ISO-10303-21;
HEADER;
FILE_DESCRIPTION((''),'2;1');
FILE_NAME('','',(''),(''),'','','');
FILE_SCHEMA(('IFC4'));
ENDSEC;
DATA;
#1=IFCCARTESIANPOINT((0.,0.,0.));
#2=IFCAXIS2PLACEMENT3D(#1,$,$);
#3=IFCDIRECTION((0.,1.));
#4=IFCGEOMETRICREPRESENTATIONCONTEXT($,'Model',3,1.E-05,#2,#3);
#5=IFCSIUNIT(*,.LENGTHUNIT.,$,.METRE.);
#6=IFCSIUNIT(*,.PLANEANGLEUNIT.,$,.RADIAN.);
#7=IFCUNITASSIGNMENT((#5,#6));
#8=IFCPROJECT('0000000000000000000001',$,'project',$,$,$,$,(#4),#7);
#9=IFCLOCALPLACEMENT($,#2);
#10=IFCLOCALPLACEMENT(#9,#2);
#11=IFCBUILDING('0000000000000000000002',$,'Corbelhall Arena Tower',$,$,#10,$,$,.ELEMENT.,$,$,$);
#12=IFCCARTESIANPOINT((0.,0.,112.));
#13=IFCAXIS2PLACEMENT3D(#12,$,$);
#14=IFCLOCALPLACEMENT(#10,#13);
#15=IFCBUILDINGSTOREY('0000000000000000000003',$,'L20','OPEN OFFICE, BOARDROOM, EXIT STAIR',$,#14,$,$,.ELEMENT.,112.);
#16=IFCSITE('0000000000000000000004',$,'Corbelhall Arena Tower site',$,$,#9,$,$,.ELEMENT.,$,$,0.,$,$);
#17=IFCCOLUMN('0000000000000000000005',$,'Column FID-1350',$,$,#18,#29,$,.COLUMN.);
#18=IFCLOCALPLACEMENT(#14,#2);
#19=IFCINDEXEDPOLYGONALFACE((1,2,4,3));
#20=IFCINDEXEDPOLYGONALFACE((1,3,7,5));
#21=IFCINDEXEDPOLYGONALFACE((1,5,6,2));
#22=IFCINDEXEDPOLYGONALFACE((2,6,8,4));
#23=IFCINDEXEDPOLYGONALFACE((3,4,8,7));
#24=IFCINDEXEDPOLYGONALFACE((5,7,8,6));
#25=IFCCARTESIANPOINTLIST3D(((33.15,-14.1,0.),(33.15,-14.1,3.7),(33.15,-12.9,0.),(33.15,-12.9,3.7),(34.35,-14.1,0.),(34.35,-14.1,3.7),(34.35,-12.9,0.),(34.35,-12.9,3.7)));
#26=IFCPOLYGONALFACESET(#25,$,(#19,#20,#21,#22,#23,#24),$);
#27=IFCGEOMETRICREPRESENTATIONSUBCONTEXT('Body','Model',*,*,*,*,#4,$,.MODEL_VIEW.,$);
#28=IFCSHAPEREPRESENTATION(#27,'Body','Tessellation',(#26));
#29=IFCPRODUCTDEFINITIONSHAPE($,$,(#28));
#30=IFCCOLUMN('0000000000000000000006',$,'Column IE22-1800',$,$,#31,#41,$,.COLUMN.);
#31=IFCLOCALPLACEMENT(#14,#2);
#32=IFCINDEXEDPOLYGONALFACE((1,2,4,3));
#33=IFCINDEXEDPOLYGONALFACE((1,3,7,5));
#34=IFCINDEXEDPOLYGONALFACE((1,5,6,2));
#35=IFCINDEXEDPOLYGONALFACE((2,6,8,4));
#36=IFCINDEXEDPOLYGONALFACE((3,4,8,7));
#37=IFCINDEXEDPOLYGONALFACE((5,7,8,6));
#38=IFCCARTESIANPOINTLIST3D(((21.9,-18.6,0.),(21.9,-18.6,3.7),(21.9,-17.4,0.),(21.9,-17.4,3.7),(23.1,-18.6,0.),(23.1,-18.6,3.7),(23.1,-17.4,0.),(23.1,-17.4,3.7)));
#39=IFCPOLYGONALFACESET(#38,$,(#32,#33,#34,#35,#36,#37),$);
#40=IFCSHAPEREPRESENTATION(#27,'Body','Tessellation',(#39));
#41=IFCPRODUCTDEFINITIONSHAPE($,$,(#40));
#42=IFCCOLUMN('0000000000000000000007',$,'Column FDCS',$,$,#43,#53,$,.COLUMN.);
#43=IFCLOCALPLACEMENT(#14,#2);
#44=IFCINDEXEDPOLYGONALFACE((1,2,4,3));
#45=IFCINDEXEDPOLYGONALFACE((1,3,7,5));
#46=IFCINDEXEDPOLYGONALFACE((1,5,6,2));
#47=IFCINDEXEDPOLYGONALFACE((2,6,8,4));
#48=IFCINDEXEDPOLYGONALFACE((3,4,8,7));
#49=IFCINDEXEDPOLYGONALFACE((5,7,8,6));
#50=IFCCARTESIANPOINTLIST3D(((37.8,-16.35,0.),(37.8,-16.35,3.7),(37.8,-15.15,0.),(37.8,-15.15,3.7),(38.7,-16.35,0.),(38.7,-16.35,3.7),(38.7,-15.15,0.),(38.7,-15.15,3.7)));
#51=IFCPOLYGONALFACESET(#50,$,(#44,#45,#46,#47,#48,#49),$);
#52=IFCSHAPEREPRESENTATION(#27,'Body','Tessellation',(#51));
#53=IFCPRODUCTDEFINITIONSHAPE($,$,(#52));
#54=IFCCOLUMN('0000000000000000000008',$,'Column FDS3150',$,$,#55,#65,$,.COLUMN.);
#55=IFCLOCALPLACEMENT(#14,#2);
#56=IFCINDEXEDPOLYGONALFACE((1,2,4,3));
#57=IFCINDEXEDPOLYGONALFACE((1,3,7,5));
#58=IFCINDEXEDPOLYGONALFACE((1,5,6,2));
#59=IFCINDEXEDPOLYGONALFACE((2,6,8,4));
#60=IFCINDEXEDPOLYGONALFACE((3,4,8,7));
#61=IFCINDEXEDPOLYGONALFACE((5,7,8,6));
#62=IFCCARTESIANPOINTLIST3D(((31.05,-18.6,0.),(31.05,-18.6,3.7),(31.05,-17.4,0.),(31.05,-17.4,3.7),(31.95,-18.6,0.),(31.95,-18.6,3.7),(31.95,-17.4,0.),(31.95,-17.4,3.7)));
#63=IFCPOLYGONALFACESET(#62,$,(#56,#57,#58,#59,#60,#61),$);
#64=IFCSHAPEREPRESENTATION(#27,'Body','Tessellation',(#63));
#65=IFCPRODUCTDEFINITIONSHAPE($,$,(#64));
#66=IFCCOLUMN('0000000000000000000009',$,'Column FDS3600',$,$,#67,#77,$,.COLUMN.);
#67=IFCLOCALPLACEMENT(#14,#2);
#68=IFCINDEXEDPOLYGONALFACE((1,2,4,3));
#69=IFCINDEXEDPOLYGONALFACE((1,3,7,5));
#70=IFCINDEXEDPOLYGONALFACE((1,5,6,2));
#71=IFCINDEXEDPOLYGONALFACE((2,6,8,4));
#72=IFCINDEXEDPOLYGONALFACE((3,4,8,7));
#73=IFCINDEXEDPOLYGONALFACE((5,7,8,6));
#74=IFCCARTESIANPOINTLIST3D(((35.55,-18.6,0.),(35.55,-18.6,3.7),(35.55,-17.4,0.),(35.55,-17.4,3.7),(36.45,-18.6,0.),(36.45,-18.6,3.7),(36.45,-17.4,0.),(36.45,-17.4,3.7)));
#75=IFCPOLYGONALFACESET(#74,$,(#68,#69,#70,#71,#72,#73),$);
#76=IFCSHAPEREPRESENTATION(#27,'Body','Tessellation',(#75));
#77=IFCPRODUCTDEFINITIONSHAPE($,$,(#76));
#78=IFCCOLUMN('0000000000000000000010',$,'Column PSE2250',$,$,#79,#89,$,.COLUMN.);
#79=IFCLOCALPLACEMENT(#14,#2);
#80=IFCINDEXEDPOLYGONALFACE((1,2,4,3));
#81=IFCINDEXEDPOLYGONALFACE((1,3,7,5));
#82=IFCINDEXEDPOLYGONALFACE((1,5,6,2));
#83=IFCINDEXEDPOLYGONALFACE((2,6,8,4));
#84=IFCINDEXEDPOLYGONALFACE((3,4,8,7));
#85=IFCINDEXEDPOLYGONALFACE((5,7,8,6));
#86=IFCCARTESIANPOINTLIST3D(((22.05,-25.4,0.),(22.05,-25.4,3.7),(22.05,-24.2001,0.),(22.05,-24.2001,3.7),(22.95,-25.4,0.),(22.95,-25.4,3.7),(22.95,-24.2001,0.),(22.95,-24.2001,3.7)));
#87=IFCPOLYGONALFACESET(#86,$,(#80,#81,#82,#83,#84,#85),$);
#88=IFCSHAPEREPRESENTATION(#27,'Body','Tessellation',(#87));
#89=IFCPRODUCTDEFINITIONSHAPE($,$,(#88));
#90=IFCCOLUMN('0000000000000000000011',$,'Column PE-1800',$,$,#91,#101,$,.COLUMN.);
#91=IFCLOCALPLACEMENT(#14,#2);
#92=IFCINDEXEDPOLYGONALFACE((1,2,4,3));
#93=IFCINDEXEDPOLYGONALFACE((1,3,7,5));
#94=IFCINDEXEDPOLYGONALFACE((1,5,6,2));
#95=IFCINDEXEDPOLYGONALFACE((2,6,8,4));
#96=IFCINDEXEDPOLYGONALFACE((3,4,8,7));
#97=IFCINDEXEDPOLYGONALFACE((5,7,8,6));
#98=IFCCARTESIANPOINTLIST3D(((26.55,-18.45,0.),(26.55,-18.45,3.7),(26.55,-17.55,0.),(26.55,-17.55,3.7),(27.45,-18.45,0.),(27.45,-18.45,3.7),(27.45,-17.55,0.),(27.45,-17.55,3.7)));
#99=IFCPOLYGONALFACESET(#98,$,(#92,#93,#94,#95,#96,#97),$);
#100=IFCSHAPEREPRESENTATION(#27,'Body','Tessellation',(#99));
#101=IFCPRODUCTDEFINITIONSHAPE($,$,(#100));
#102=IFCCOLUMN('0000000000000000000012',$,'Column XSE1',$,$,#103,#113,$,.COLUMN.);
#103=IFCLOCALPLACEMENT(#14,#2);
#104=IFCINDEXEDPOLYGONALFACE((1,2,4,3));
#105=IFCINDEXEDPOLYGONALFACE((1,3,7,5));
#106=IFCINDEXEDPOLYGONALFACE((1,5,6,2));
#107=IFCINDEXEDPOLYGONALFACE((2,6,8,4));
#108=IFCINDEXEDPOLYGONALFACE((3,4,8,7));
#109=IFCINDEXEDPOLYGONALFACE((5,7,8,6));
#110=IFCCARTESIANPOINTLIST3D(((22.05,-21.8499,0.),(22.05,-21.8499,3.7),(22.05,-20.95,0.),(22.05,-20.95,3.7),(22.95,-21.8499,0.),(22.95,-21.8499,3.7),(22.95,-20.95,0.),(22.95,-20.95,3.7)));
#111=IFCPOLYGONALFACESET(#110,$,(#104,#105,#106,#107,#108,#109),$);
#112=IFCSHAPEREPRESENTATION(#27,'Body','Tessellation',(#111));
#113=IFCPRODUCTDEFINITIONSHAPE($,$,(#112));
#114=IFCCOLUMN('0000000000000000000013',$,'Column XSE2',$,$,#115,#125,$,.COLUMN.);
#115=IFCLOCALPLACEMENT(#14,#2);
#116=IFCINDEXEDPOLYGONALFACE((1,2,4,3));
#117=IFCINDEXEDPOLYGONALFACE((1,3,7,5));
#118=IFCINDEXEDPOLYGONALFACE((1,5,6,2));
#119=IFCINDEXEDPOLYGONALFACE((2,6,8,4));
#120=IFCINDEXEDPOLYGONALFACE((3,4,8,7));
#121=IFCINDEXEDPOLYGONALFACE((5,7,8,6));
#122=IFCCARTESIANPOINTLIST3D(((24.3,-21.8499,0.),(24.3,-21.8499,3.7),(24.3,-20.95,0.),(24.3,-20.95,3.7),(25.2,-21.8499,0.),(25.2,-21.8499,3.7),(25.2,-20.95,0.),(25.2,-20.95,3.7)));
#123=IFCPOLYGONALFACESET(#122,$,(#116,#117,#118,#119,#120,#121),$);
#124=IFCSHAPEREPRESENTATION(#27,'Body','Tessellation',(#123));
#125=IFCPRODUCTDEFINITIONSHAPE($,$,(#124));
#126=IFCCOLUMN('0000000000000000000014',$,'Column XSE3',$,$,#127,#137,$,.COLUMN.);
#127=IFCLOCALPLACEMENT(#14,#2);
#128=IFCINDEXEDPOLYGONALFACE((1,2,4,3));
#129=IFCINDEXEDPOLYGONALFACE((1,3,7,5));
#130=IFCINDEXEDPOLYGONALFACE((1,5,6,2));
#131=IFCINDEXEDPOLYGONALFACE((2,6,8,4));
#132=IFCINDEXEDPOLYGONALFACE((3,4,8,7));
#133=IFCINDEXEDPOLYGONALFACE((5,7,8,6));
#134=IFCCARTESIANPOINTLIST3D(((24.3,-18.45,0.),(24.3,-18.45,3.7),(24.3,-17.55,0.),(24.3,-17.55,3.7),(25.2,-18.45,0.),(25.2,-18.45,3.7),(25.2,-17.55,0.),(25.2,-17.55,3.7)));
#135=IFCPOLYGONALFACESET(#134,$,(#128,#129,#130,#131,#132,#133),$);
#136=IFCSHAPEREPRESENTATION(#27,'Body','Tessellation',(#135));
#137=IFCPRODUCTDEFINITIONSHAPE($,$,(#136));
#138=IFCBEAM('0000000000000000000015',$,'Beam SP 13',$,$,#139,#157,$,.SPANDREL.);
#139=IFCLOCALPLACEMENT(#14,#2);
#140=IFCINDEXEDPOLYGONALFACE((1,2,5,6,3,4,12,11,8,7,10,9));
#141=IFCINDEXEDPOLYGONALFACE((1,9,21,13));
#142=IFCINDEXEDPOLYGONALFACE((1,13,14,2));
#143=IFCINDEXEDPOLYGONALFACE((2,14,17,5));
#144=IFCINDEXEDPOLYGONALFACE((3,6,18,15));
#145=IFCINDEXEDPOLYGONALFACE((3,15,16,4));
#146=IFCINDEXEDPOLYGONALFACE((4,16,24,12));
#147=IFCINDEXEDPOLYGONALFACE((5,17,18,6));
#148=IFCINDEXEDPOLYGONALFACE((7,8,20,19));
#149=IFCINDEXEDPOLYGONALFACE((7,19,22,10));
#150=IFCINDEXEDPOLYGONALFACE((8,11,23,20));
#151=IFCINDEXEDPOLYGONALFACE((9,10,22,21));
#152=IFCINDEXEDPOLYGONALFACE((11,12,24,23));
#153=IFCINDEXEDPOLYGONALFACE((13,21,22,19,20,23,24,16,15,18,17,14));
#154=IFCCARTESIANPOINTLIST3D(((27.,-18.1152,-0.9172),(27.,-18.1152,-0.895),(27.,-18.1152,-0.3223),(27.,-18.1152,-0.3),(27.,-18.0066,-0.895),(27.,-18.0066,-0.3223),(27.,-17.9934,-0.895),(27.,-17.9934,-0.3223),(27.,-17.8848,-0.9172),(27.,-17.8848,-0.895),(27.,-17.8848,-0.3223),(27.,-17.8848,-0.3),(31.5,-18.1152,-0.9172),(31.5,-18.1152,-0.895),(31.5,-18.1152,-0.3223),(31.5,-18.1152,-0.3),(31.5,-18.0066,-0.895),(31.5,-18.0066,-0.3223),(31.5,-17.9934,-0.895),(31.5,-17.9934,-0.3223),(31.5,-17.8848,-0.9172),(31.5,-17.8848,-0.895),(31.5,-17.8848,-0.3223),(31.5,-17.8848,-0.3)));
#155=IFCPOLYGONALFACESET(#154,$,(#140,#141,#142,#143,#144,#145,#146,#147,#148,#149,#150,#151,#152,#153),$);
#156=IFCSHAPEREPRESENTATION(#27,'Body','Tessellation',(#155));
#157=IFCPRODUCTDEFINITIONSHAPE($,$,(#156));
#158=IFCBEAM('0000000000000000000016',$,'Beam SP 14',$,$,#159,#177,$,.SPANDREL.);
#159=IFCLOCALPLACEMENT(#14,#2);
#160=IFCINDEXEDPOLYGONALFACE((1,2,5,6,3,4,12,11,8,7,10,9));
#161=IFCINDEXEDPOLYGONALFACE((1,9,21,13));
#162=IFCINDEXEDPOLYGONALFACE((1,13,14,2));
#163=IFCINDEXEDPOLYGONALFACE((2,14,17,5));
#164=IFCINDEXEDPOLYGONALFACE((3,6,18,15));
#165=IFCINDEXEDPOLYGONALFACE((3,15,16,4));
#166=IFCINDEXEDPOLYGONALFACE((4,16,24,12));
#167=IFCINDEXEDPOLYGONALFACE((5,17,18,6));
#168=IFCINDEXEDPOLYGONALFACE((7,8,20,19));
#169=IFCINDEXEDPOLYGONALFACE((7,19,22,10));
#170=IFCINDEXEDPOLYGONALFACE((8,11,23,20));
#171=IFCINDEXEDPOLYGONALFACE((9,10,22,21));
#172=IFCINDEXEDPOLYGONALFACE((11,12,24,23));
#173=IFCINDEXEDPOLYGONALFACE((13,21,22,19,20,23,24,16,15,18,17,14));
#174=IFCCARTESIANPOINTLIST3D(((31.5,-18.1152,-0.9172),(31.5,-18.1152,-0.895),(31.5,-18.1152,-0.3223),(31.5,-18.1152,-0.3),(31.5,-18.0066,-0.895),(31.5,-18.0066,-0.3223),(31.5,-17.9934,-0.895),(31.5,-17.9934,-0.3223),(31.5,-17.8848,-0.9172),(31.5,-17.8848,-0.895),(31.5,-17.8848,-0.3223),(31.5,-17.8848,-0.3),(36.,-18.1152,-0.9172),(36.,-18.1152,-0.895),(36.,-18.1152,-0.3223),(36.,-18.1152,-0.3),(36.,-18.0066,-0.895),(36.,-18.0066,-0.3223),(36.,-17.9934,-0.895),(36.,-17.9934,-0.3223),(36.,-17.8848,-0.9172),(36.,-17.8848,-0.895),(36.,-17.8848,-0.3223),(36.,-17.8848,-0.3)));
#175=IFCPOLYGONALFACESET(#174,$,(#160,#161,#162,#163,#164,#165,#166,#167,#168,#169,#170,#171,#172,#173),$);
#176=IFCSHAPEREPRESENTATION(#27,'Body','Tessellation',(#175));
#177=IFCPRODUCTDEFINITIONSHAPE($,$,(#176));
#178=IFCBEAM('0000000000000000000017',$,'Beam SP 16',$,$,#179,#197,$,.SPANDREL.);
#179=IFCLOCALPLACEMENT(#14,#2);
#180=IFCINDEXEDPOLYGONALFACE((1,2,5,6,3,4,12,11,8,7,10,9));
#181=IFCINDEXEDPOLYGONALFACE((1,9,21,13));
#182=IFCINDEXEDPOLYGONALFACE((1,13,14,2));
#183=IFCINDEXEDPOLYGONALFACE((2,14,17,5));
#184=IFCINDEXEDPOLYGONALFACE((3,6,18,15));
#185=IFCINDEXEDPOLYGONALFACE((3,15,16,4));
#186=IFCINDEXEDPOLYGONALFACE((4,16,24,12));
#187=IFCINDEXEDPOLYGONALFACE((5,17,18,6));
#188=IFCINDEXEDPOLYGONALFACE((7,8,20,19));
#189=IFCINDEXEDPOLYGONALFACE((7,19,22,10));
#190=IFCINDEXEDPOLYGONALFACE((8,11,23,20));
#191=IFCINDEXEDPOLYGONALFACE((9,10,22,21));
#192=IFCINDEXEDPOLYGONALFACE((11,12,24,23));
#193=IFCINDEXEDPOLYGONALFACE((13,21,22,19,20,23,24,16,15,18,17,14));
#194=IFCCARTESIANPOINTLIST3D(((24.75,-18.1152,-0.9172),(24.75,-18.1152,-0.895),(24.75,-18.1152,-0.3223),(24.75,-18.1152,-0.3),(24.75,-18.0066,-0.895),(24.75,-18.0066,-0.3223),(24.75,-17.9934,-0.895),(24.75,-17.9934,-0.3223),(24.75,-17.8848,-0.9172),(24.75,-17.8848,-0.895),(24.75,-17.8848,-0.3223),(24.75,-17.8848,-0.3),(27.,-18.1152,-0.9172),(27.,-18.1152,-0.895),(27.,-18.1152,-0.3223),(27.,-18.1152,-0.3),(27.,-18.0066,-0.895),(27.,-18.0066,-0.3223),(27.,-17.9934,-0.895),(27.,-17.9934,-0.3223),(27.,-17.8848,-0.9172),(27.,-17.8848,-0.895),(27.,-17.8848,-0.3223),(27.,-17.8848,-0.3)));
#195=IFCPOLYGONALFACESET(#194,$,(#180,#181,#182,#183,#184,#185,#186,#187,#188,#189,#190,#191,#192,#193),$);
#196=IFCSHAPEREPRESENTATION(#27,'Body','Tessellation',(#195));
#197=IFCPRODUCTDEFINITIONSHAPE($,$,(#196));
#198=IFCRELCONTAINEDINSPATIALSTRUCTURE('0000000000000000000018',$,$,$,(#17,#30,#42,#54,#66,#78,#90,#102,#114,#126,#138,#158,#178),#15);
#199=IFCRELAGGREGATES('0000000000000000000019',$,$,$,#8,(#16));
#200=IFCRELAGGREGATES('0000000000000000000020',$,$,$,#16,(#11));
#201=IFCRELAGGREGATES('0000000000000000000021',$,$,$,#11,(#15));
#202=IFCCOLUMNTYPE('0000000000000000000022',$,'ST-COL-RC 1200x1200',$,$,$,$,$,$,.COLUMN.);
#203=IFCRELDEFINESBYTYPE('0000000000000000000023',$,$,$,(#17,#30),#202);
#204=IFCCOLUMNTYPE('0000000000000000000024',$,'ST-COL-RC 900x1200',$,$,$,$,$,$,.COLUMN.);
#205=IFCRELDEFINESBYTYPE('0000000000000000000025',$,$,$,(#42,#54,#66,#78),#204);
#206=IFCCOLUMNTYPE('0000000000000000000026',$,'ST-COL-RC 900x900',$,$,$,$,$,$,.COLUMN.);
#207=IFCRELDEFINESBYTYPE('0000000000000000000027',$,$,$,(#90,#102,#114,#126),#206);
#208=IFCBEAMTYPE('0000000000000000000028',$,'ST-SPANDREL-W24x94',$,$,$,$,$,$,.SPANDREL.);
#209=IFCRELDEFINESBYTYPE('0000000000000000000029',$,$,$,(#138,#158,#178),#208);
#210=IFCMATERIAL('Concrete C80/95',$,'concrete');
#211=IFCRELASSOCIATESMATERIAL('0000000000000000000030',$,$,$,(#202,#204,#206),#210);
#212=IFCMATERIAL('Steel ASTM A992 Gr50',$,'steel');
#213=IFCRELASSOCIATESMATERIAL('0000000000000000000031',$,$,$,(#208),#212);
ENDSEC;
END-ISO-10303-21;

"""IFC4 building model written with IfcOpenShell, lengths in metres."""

from ifc_helpers import new_model, si_unit, direction, frame, origin, origin_2d, place, context, subcontext, project, spatial, rectangle, i_section, extrude, material, material_profile, profile_set, type_object, element, save


model = new_model("IFC4")

# Units and contexts
model_context = context("Model", 3, precision=1e-05, world=origin(), true_north=direction((0.0, 1.0)))
body_context = subcontext(model_context, "Body", "Model", "MODEL_VIEW")
ifc_project = project(units=[si_unit("LENGTHUNIT", "METRE"), si_unit("PLANEANGLEUNIT", "RADIAN")], contexts=[model_context])

# Site, building, storey
site_placement = place(None, origin())
site = spatial("IfcSite", under=ifc_project, at=site_placement, Name="Corbelhall Arena Tower site", CompositionType="ELEMENT", RefElevation=0.0)
building_placement = place(site_placement, origin())
building = spatial("IfcBuilding", under=site, at=building_placement, Name="Corbelhall Arena Tower", CompositionType="ELEMENT")
storey_placement = place(building_placement, frame((0.0, 0.0, 112.0)))
storey = spatial("IfcBuildingStorey", under=building, at=storey_placement, Name="L20", Description="OPEN OFFICE, BOARDROOM, EXIT STAIR", CompositionType="ELEMENT", Elevation=112.0)

# Columns
ifc_material_1 = material(Name="Concrete C80/95", Category="concrete")
ifc_material_profile_1 = material_profile(ifc_material_1, rectangle(XDim=1.2, YDim=1.2, at=origin_2d()))
ifc_profile_set_1 = profile_set([ifc_material_profile_1], Name="Concrete C80/95")
column_type_1 = type_object("IfcColumnType", Name="ST-COL-RC 1200x1200", PredefinedType="COLUMN", material=ifc_profile_set_1)
for number, where, z_axis, x_axis, name in (
    (1, (33.75, -13.5, 0.0), (0.0, 0.0, 1.0), (1.0, 0.0, 0.0), "Column FID-1350"),
    (2, (22.5, -18.0, 0.0), (0.0, 0.0, 1.0), (1.0, 0.0, 0.0), "Column IE22-1800"),
):
    element("IfcColumn", number, at=place(storey_placement, frame(where, z_axis=z_axis, x_axis=x_axis)), inside=storey, type_object=column_type_1, Name=name, PredefinedType="COLUMN", context=body_context, shape_type="SweptSolid", body=[
        extrude(rectangle(XDim=1.2, YDim=1.2, at=origin_2d()), origin(), (0.0, 0.0, 1.0), 3.7),
    ])
ifc_material_profile_2 = material_profile(ifc_material_1, rectangle(XDim=0.8999, YDim=1.2, at=origin_2d()))
ifc_profile_set_2 = profile_set([ifc_material_profile_2], Name="Concrete C80/95")
column_type_2 = type_object("IfcColumnType", Name="ST-COL-RC 900x1200", PredefinedType="COLUMN", material=ifc_profile_set_2)
for number, where, z_axis, x_axis, name in (
    (3, (38.25, -15.75, 0.0), (0.0, 0.0, 1.0), (1.0, 0.0, 0.0), "Column FDCS"),
    (4, (31.5, -18.0, 0.0), (0.0, 0.0, 1.0), (1.0, 0.0, 0.0), "Column FDS3150"),
    (5, (36.0, -18.0, 0.0), (0.0, 0.0, 1.0), (1.0, 0.0, 0.0), "Column FDS3600"),
    (6, (22.5, -24.8, 0.0), (0.0, 0.0, 1.0), (1.0, 0.0, 0.0), "Column PSE2250"),
):
    element("IfcColumn", number, at=place(storey_placement, frame(where, z_axis=z_axis, x_axis=x_axis)), inside=storey, type_object=column_type_2, Name=name, PredefinedType="COLUMN", context=body_context, shape_type="SweptSolid", body=[
        extrude(rectangle(XDim=0.8999, YDim=1.2, at=origin_2d()), origin(), (0.0, 0.0, 1.0), 3.7),
    ])
ifc_material_profile_3 = material_profile(ifc_material_1, rectangle(XDim=0.8999, YDim=0.8999, at=origin_2d()))
ifc_profile_set_3 = profile_set([ifc_material_profile_3], Name="Concrete C80/95")
column_type_3 = type_object("IfcColumnType", Name="ST-COL-RC 900x900", PredefinedType="COLUMN", material=ifc_profile_set_3)
for number, where, z_axis, x_axis, name in (
    (7, (27.0, -18.0, 0.0), (0.0, 0.0, 1.0), (1.0, 0.0, 0.0), "Column PE-1800"),
    (8, (22.5, -21.3999, 0.0), (0.0, 0.0, 1.0), (1.0, 0.0, 0.0), "Column XSE1"),
    (9, (24.75, -21.3999, 0.0), (0.0, 0.0, 1.0), (1.0, 0.0, 0.0), "Column XSE2"),
    (10, (24.75, -18.0, 0.0), (0.0, 0.0, 1.0), (1.0, 0.0, 0.0), "Column XSE3"),
):
    element("IfcColumn", number, at=place(storey_placement, frame(where, z_axis=z_axis, x_axis=x_axis)), inside=storey, type_object=column_type_3, Name=name, PredefinedType="COLUMN", context=body_context, shape_type="SweptSolid", body=[
        extrude(rectangle(XDim=0.8999, YDim=0.8999, at=origin_2d()), origin(), (0.0, 0.0, 1.0), 3.7),
    ])

# Beams
ifc_material_2 = material(Name="Steel ASTM A992 Gr50", Category="steel")
ifc_material_profile_4 = material_profile(ifc_material_2, i_section(OverallWidth=0.2305, OverallDepth=0.6172, WebThickness=0.0132, FlangeThickness=0.0222, at=origin_2d()))
ifc_profile_set_4 = profile_set([ifc_material_profile_4], Name="Steel ASTM A992 Gr50")
beam_type = type_object("IfcBeamType", Name="ST-SPANDREL-W24x94", PredefinedType="SPANDREL", material=ifc_profile_set_4)
for number, where, z_axis, x_axis, name in (
    (11, (31.5, -18.0, -0.6086), (-1.0, 0.0, 0.0), (0.0, -1.0, 0.0), "Beam SP 13"),
    (12, (36.0, -18.0, -0.6086), (-1.0, 0.0, 0.0), (0.0, -1.0, 0.0), "Beam SP 14"),
):
    element("IfcBeam", number, at=place(storey_placement, frame(where, z_axis=z_axis, x_axis=x_axis)), inside=storey, type_object=beam_type, Name=name, PredefinedType="SPANDREL", context=body_context, shape_type="SweptSolid", body=[
        extrude(i_section(OverallWidth=0.2305, OverallDepth=0.6172, WebThickness=0.0132, FlangeThickness=0.0222, at=origin_2d()), origin(), (0.0, 0.0, 1.0), 4.5),
    ])
beam_1_placement = place(storey_placement, frame((27.0, -18.0, -0.6086), z_axis=(-1.0, 0.0, 0.0), x_axis=(0.0, -1.0, 0.0)))
element("IfcBeam", 13, at=beam_1_placement, inside=storey, type_object=beam_type, Name="Beam SP 16", PredefinedType="SPANDREL", context=body_context, shape_type="SweptSolid", body=[
    extrude(i_section(OverallWidth=0.2305, OverallDepth=0.6172, WebThickness=0.0132, FlangeThickness=0.0222, at=origin_2d()), origin(), (0.0, 0.0, 1.0), 2.25),
])

save(model, "model.ifc")
